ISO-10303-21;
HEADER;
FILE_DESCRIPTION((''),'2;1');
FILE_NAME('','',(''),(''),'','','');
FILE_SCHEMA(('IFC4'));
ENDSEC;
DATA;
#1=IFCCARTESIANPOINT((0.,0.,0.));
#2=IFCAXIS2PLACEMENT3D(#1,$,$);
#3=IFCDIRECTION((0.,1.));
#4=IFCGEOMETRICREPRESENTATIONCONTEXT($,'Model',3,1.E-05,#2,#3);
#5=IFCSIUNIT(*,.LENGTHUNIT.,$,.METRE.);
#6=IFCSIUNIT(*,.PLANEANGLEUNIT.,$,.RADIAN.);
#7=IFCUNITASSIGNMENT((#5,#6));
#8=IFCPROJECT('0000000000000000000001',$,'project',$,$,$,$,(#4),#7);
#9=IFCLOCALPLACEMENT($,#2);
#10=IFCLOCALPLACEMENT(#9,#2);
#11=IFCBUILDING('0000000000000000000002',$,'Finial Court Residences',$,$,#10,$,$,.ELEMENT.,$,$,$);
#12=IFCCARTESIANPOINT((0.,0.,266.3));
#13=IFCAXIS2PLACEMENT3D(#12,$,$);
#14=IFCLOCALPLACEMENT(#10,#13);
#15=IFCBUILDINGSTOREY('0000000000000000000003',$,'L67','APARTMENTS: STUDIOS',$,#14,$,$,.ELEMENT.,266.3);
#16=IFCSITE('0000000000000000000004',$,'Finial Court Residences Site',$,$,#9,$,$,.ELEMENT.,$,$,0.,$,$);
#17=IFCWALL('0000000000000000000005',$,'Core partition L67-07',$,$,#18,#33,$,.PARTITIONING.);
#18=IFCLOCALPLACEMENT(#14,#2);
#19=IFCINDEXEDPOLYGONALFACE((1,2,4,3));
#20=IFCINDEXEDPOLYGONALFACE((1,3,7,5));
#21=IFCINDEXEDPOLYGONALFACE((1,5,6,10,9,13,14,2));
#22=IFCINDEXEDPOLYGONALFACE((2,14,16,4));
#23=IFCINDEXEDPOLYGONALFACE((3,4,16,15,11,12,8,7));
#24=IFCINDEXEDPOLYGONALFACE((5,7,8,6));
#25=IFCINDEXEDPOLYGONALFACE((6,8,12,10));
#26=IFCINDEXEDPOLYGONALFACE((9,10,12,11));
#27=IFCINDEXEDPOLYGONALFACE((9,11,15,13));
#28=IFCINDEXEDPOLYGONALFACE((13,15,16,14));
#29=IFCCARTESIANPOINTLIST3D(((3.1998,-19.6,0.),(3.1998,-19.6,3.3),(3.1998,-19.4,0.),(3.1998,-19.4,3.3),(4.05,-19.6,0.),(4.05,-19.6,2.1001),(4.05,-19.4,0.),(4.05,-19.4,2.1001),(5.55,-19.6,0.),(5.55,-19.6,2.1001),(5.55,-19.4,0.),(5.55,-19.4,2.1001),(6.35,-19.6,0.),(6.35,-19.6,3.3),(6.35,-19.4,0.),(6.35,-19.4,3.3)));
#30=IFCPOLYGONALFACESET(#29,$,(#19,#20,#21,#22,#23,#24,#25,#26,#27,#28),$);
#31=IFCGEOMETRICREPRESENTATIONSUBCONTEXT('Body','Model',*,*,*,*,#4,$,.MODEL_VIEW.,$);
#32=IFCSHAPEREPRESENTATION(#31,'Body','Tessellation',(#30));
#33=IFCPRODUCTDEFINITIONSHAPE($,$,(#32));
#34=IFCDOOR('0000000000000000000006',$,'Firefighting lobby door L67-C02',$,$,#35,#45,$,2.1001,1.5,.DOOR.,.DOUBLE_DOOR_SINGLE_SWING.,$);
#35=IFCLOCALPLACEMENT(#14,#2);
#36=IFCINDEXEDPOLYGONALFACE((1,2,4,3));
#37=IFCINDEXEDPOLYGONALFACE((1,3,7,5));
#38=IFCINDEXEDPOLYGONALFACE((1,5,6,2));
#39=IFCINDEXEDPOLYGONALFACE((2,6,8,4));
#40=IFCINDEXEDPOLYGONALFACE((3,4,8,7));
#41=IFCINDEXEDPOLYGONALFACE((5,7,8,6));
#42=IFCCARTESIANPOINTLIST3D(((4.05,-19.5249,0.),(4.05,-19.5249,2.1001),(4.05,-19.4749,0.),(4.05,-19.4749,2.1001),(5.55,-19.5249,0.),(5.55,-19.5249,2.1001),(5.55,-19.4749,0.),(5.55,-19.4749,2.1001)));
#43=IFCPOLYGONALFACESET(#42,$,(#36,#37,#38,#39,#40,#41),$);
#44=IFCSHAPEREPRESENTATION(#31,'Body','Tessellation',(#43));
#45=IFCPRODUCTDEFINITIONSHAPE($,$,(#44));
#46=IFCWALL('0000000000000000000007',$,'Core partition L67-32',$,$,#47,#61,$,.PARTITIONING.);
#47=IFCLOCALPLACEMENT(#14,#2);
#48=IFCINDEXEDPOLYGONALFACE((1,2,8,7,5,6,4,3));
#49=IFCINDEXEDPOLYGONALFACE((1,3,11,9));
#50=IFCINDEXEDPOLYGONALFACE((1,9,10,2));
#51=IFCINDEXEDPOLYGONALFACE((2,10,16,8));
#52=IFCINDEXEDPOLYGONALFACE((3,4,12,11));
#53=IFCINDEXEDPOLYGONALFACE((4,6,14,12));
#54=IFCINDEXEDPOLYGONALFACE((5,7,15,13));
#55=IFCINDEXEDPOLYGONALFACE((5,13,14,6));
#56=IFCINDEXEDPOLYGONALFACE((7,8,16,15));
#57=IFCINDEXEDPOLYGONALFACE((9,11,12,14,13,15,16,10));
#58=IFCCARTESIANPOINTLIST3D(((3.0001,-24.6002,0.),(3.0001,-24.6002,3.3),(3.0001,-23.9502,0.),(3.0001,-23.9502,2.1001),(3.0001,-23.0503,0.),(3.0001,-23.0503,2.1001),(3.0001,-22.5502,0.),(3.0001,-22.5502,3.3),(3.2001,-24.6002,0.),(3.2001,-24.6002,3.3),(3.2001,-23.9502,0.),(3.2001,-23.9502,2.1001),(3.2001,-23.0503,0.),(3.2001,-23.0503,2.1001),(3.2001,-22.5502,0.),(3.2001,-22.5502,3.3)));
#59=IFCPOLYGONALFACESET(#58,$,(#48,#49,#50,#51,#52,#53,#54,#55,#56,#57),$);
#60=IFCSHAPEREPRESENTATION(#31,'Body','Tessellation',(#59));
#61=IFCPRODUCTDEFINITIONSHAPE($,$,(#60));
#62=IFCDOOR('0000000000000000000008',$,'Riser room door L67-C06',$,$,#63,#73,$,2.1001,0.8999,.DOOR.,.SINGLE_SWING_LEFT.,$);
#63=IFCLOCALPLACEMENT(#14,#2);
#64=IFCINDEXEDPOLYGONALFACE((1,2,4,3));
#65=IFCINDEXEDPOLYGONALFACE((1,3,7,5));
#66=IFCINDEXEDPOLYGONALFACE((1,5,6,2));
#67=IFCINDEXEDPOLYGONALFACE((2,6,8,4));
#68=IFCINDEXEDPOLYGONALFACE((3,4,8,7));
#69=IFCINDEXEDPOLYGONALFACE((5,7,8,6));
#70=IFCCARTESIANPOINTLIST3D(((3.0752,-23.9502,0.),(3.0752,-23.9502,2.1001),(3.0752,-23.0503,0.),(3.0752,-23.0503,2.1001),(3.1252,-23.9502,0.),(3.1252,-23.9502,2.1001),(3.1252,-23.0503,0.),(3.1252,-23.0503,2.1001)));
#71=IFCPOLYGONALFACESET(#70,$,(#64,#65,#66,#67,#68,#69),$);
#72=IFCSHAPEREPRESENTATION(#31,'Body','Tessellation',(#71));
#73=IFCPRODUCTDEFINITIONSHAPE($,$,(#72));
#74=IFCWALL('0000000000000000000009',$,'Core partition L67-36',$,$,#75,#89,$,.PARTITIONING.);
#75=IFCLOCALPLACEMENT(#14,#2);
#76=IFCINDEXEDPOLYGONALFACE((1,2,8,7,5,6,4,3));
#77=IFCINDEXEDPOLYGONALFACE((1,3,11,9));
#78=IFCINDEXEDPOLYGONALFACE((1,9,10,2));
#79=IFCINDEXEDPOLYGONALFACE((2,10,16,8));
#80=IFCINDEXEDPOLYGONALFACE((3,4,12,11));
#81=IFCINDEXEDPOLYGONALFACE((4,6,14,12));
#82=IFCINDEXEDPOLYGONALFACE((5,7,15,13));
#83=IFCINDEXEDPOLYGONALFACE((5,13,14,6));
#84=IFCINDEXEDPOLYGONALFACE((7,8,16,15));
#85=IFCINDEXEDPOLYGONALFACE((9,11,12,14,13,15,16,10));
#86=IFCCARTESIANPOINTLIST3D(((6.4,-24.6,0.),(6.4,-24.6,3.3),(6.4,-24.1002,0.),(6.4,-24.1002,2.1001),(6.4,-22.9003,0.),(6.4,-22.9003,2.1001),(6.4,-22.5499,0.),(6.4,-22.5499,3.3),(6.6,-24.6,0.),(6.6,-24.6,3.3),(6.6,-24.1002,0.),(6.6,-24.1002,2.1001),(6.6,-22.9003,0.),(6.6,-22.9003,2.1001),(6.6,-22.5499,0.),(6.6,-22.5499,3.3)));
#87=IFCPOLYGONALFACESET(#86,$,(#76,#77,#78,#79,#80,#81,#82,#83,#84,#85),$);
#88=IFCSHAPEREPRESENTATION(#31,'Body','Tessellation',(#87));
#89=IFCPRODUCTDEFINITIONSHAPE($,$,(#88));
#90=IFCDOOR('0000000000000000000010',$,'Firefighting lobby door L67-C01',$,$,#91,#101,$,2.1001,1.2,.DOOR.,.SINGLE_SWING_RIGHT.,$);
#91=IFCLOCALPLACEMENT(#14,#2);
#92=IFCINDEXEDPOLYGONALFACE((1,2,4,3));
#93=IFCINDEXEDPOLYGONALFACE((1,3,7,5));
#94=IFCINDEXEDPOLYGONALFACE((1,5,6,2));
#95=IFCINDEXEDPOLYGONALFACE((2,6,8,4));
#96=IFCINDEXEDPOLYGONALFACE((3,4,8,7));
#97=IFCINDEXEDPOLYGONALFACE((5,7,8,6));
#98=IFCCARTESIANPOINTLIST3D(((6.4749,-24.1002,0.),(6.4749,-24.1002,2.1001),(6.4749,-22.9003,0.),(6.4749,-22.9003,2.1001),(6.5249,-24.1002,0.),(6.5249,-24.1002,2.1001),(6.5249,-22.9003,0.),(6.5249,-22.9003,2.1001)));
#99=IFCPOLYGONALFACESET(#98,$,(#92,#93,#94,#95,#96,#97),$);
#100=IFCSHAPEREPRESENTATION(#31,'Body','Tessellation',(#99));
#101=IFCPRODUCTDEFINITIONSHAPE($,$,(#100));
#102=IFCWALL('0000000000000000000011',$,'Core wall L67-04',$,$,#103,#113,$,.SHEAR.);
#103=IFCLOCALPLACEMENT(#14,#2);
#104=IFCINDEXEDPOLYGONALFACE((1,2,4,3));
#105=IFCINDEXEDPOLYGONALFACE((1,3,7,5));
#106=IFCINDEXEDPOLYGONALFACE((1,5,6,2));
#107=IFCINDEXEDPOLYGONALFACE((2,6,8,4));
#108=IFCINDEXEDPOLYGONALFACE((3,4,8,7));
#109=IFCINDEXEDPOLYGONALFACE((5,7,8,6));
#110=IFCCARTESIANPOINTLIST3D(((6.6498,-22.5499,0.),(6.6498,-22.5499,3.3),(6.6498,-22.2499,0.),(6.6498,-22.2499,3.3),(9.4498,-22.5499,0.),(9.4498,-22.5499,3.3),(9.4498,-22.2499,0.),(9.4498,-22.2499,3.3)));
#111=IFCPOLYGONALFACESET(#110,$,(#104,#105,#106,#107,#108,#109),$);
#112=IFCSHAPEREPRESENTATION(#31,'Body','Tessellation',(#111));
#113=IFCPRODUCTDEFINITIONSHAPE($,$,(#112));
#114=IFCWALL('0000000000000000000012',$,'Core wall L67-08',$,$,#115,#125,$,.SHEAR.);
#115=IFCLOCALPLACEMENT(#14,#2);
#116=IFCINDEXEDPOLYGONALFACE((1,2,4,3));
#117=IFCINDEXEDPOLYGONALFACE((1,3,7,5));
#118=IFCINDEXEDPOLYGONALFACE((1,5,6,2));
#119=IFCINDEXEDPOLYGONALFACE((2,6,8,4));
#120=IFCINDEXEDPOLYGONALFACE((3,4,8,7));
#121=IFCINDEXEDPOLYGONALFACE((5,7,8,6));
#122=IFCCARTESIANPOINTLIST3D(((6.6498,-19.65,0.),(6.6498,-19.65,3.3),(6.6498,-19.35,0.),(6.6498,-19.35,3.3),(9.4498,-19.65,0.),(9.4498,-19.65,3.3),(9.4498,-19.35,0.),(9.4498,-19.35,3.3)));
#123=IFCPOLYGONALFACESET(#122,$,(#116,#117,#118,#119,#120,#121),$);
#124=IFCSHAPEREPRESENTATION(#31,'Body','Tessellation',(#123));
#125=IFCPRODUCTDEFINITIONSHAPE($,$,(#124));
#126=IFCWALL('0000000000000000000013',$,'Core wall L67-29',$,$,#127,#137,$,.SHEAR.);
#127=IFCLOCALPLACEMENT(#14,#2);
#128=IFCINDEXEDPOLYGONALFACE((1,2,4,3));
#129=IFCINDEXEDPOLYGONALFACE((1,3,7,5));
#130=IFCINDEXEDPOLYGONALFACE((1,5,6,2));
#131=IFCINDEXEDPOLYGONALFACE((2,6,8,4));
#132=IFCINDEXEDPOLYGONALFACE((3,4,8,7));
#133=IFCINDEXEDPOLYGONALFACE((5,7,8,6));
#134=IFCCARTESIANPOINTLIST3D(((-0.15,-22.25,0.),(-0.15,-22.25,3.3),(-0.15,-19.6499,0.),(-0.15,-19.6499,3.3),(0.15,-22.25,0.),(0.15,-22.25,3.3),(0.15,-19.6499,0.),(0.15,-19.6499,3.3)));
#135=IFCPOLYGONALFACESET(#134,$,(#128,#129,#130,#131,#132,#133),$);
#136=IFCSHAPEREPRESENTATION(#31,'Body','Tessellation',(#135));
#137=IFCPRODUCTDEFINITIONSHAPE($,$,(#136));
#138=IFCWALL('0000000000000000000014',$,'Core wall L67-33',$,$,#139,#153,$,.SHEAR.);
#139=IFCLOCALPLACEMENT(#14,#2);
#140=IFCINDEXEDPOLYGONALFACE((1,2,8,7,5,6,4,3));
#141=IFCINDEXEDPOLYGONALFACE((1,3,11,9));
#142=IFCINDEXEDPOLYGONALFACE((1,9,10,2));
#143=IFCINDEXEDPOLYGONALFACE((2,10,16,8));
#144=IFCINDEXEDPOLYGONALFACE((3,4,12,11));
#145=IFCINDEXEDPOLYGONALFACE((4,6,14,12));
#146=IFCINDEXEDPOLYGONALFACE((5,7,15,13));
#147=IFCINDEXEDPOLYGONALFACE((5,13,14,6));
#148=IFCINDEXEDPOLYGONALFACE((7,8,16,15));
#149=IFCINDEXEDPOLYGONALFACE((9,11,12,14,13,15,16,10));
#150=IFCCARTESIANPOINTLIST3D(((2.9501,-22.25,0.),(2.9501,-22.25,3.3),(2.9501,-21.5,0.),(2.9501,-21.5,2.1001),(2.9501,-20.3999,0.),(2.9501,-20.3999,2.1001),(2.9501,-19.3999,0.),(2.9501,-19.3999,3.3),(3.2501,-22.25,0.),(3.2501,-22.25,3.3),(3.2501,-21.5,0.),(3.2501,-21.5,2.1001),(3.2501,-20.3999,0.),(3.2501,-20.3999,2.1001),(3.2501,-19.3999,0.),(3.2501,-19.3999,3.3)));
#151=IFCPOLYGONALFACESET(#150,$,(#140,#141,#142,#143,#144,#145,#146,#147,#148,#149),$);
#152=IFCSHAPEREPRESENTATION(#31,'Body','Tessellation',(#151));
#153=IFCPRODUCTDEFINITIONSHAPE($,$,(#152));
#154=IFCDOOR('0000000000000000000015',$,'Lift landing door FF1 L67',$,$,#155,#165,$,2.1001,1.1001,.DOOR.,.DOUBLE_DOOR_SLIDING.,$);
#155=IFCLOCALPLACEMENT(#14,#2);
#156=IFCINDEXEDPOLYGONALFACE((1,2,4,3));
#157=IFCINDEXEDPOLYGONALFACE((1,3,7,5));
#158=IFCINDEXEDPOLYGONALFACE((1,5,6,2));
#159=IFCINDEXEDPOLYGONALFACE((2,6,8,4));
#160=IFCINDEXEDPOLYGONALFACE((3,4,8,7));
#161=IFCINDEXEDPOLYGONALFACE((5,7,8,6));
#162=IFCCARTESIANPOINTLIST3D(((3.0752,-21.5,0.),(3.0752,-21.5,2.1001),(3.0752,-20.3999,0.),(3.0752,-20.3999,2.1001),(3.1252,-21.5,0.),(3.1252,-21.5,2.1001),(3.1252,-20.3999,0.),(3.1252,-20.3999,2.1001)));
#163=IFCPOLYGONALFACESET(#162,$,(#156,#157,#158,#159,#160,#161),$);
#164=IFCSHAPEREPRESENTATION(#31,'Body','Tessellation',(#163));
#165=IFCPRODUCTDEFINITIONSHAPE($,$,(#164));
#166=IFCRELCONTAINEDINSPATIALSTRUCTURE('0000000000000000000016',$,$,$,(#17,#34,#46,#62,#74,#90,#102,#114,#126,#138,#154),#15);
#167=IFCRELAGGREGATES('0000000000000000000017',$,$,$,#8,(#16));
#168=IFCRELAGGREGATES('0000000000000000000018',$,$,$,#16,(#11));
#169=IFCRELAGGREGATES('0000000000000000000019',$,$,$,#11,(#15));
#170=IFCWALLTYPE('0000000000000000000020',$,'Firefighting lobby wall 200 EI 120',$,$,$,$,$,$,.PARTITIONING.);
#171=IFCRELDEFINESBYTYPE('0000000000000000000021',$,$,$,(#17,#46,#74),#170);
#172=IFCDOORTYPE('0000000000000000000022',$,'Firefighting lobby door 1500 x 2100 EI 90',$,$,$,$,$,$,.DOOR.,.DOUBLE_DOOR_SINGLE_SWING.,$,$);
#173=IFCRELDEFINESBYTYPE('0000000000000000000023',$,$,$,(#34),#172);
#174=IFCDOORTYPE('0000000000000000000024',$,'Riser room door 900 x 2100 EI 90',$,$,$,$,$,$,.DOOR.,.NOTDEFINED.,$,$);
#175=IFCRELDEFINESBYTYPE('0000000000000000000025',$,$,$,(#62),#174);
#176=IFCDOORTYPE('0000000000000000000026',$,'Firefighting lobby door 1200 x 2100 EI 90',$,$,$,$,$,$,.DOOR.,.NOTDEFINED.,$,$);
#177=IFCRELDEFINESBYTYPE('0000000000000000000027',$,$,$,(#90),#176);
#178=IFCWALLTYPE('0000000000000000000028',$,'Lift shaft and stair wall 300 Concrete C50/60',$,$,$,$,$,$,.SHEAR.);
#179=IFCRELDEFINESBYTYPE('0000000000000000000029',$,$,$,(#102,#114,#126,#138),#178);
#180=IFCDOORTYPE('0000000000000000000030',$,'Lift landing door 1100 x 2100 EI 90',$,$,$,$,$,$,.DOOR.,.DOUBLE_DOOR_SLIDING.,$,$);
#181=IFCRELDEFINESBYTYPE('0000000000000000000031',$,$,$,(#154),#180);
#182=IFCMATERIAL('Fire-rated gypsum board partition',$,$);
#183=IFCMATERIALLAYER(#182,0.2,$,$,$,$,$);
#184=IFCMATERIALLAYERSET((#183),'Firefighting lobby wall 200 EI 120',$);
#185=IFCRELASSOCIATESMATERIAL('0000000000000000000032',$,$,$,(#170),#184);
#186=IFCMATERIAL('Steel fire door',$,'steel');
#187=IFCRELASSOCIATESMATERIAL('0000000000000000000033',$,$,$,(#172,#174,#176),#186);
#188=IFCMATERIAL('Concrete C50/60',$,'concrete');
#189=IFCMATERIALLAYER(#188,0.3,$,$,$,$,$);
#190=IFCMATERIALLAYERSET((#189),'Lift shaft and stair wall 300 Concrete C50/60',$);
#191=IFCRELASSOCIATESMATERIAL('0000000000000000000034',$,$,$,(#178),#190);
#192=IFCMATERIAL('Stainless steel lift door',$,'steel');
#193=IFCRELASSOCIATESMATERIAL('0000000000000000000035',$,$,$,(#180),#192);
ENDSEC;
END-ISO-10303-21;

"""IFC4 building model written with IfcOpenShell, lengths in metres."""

from ifc_helpers import new_model, si_unit, direction, frame, frame_2d, origin, place, context, subcontext, project, spatial, rectangle, extrude, material, layer, layer_set, type_object, element, fill, save


model = new_model("IFC4")

# Units and contexts
model_context = context("Model", 3, precision=1e-05, world=origin(), true_north=direction((0.0, 1.0)))
body_context = subcontext(model_context, "Body", "Model", "MODEL_VIEW")
ifc_project = project(units=[si_unit("LENGTHUNIT", "METRE"), si_unit("PLANEANGLEUNIT", "RADIAN")], contexts=[model_context])

# Site, building, storey
site_placement = place(None, origin())
site = spatial("IfcSite", under=ifc_project, at=site_placement, Name="Finial Court Residences Site", CompositionType="ELEMENT", RefElevation=0.0)
building_placement = place(site_placement, origin())
building = spatial("IfcBuilding", under=site, at=building_placement, Name="Finial Court Residences", CompositionType="ELEMENT")
storey_placement = place(building_placement, frame((0.0, 0.0, 266.3)))
storey = spatial("IfcBuildingStorey", under=building, at=storey_placement, Name="L67", Description="APARTMENTS: STUDIOS", CompositionType="ELEMENT", Elevation=266.3)

# Walls, openings, doors
ifc_material_1 = material(Name="Fire-rated gypsum board partition")
ifc_layer_1 = layer(ifc_material_1, 0.2)
ifc_layer_set_1 = layer_set([ifc_layer_1], Name="Firefighting lobby wall 200 EI 120")
wall_type_1 = type_object("IfcWallType", Name="Firefighting lobby wall 200 EI 120", PredefinedType="PARTITIONING", material=ifc_layer_set_1)
wall_1_placement = place(storey_placement, frame((6.3501, -19.5, 0.0), z_axis=(0.0, 0.0, 1.0), x_axis=(-1.0, 0.0, 0.0)))
wall_1 = element("IfcWall", 1, at=wall_1_placement, inside=storey, type_object=wall_type_1, Name="Core partition L67-07", PredefinedType="PARTITIONING", context=body_context, shape_type="SweptSolid", body=[
    extrude(rectangle(XDim=3.1501, YDim=0.2, at=frame_2d((1.5752, 0.0))), origin(), (0.0, 0.0, 1.0), 3.3),
])
opening_1_placement = place(wall_1_placement, frame((0.8, 0.0, 0.0)))
opening_1 = element("IfcOpeningElement", 2, at=opening_1_placement, cuts=wall_1, PredefinedType="OPENING", context=body_context, shape_type="SweptSolid", body=[
    extrude(rectangle(XDim=1.5, YDim=2.1001, at=frame_2d((0.75, 1.05))), frame((0.0, 0.1099, 0.0), z_axis=(0.0, -1.0, 0.0), x_axis=(1.0, 0.0, 0.0)), (0.0, 0.0, 1.0), 0.22),
])
ifc_material_2 = material(Name="Steel fire door", Category="steel")
door_type_1 = type_object("IfcDoorType", Name="Firefighting lobby door 1500 x 2100 EI 90", OperationType="DOUBLE_DOOR_SINGLE_SWING", PredefinedType="DOOR", material=ifc_material_2)
door_1_placement = place(opening_1_placement, origin())
door_1 = element("IfcDoor", 3, at=door_1_placement, inside=storey, type_object=door_type_1, Name="Firefighting lobby door L67-C02", OperationType="DOUBLE_DOOR_SINGLE_SWING", OverallHeight=2.1001, OverallWidth=1.5, PredefinedType="DOOR", context=body_context, shape_type="SweptSolid", body=[
    extrude(rectangle(XDim=1.5, YDim=2.1001, at=frame_2d((0.75, 1.05))), frame((0.0, 0.0249, 0.0), z_axis=(0.0, -1.0, 0.0), x_axis=(1.0, 0.0, 0.0)), (0.0, 0.0, 1.0), 0.05),
])
fill(opening_1, door_1)
wall_2_placement = place(storey_placement, frame((3.1001, -24.6001, 0.0), z_axis=(0.0, 0.0, 1.0), x_axis=(0.0, 1.0, 0.0)))
wall_2 = element("IfcWall", 4, at=wall_2_placement, inside=storey, type_object=wall_type_1, Name="Core partition L67-32", PredefinedType="PARTITIONING", context=body_context, shape_type="SweptSolid", body=[
    extrude(rectangle(XDim=2.05, YDim=0.2, at=frame_2d((1.0249, 0.0))), origin(), (0.0, 0.0, 1.0), 3.3),
])
opening_2_placement = place(wall_2_placement, frame((0.6499, 0.0, 0.0)))
opening_2 = element("IfcOpeningElement", 5, at=opening_2_placement, cuts=wall_2, PredefinedType="OPENING", context=body_context, shape_type="SweptSolid", body=[
    extrude(rectangle(XDim=0.8999, YDim=2.1001, at=frame_2d((0.45, 1.05))), frame((0.0, 0.1099, 0.0), z_axis=(0.0, -1.0, 0.0), x_axis=(1.0, 0.0, 0.0)), (0.0, 0.0, 1.0), 0.22),
])
door_type_2 = type_object("IfcDoorType", Name="Riser room door 900 x 2100 EI 90", OperationType="NOTDEFINED", PredefinedType="DOOR", material=ifc_material_2)
door_2_placement = place(opening_2_placement, origin())
door_2 = element("IfcDoor", 6, at=door_2_placement, inside=storey, type_object=door_type_2, Name="Riser room door L67-C06", OperationType="SINGLE_SWING_LEFT", OverallHeight=2.1001, OverallWidth=0.8999, PredefinedType="DOOR", context=body_context, shape_type="SweptSolid", body=[
    extrude(rectangle(XDim=0.8999, YDim=2.1001, at=frame_2d((0.45, 1.05))), frame((0.0, 0.0249, 0.0), z_axis=(0.0, -1.0, 0.0), x_axis=(1.0, 0.0, 0.0)), (0.0, 0.0, 1.0), 0.05),
])
fill(opening_2, door_2)
wall_3_placement = place(storey_placement, frame((6.5, -22.55, 0.0), z_axis=(0.0, 0.0, 1.0), x_axis=(0.0, -1.0, 0.0)))
wall_3 = element("IfcWall", 7, at=wall_3_placement, inside=storey, type_object=wall_type_1, Name="Core partition L67-36", PredefinedType="PARTITIONING", context=body_context, shape_type="SweptSolid", body=[
    extrude(rectangle(XDim=2.05, YDim=0.2, at=frame_2d((1.0249, 0.0))), origin(), (0.0, 0.0, 1.0), 3.3),
])
opening_3_placement = place(wall_3_placement, frame((0.3501, 0.0, 0.0)))
opening_3 = element("IfcOpeningElement", 8, at=opening_3_placement, cuts=wall_3, PredefinedType="OPENING", context=body_context, shape_type="SweptSolid", body=[
    extrude(rectangle(XDim=1.2, YDim=2.1001, at=frame_2d((0.6001, 1.05))), frame((0.0, 0.1099, 0.0), z_axis=(0.0, -1.0, 0.0), x_axis=(1.0, 0.0, 0.0)), (0.0, 0.0, 1.0), 0.22),
])
door_type_3 = type_object("IfcDoorType", Name="Firefighting lobby door 1200 x 2100 EI 90", OperationType="NOTDEFINED", PredefinedType="DOOR", material=ifc_material_2)
door_3_placement = place(opening_3_placement, origin())
door_3 = element("IfcDoor", 9, at=door_3_placement, inside=storey, type_object=door_type_3, Name="Firefighting lobby door L67-C01", OperationType="SINGLE_SWING_RIGHT", OverallHeight=2.1001, OverallWidth=1.2, PredefinedType="DOOR", context=body_context, shape_type="SweptSolid", body=[
    extrude(rectangle(XDim=1.2, YDim=2.1001, at=frame_2d((0.6001, 1.05))), frame((0.0, 0.0249, 0.0), z_axis=(0.0, -1.0, 0.0), x_axis=(1.0, 0.0, 0.0)), (0.0, 0.0, 1.0), 0.05),
])
fill(opening_3, door_3)

# Walls
ifc_material_3 = material(Name="Concrete C50/60", Category="concrete")
ifc_layer_2 = layer(ifc_material_3, 0.3)
ifc_layer_set_2 = layer_set([ifc_layer_2], Name="Lift shaft and stair wall 300 Concrete C50/60")
wall_type_2 = type_object("IfcWallType", Name="Lift shaft and stair wall 300 Concrete C50/60", PredefinedType="SHEAR", material=ifc_layer_set_2)
for number, where, z_axis, x_axis, name in (
    (10, (6.6499, -22.3999, 0.0), (0.0, 0.0, 1.0), (1.0, 0.0, 0.0), "Core wall L67-04"),
    (11, (6.6499, -19.5, 0.0), (0.0, 0.0, 1.0), (1.0, 0.0, 0.0), "Core wall L67-08"),
):
    element("IfcWall", number, at=place(storey_placement, frame(where, z_axis=z_axis, x_axis=x_axis)), inside=storey, type_object=wall_type_2, Name=name, PredefinedType="SHEAR", context=body_context, shape_type="SweptSolid", body=[
        extrude(rectangle(XDim=2.8, YDim=0.3, at=frame_2d((1.3999, 0.0))), origin(), (0.0, 0.0, 1.0), 3.3),
    ])
wall_4_placement = place(storey_placement, frame((0.0, -22.25, 0.0), z_axis=(0.0, 0.0, 1.0), x_axis=(0.0, 1.0, 0.0)))
element("IfcWall", 12, at=wall_4_placement, inside=storey, type_object=wall_type_2, Name="Core wall L67-29", PredefinedType="SHEAR", context=body_context, shape_type="SweptSolid", body=[
    extrude(rectangle(XDim=2.6001, YDim=0.3, at=frame_2d((1.3, 0.0))), origin(), (0.0, 0.0, 1.0), 3.3),
])

# Wall, opening, door
wall_5_placement = place(storey_placement, frame((3.1001, -22.25, 0.0), z_axis=(0.0, 0.0, 1.0), x_axis=(0.0, 1.0, 0.0)))
wall_5 = element("IfcWall", 13, at=wall_5_placement, inside=storey, type_object=wall_type_2, Name="Core wall L67-33", PredefinedType="SHEAR", context=body_context, shape_type="SweptSolid", body=[
    extrude(rectangle(XDim=2.8501, YDim=0.3, at=frame_2d((1.425, 0.0))), origin(), (0.0, 0.0, 1.0), 3.3),
])
opening_4_placement = place(wall_5_placement, frame((0.75, 0.0, 0.0)))
opening_4 = element("IfcOpeningElement", 14, at=opening_4_placement, cuts=wall_5, PredefinedType="OPENING", context=body_context, shape_type="SweptSolid", body=[
    extrude(rectangle(XDim=1.1001, YDim=2.1001, at=frame_2d((0.55, 1.05))), frame((0.0, 0.1599, 0.0), z_axis=(0.0, -1.0, 0.0), x_axis=(1.0, 0.0, 0.0)), (0.0, 0.0, 1.0), 0.3201),
])
ifc_material_4 = material(Name="Stainless steel lift door", Category="steel")
door_type_4 = type_object("IfcDoorType", Name="Lift landing door 1100 x 2100 EI 90", OperationType="DOUBLE_DOOR_SLIDING", PredefinedType="DOOR", material=ifc_material_4)
door_4_placement = place(opening_4_placement, origin())
door_4 = element("IfcDoor", 15, at=door_4_placement, inside=storey, type_object=door_type_4, Name="Lift landing door FF1 L67", OperationType="DOUBLE_DOOR_SLIDING", OverallHeight=2.1001, OverallWidth=1.1001, PredefinedType="DOOR", context=body_context, shape_type="SweptSolid", body=[
    extrude(rectangle(XDim=1.1001, YDim=2.1001, at=frame_2d((0.55, 1.05))), frame((0.0, 0.0249, 0.0), z_axis=(0.0, -1.0, 0.0), x_axis=(1.0, 0.0, 0.0)), (0.0, 0.0, 1.0), 0.05),
])
fill(opening_4, door_4)

save(model, "model.ifc")
